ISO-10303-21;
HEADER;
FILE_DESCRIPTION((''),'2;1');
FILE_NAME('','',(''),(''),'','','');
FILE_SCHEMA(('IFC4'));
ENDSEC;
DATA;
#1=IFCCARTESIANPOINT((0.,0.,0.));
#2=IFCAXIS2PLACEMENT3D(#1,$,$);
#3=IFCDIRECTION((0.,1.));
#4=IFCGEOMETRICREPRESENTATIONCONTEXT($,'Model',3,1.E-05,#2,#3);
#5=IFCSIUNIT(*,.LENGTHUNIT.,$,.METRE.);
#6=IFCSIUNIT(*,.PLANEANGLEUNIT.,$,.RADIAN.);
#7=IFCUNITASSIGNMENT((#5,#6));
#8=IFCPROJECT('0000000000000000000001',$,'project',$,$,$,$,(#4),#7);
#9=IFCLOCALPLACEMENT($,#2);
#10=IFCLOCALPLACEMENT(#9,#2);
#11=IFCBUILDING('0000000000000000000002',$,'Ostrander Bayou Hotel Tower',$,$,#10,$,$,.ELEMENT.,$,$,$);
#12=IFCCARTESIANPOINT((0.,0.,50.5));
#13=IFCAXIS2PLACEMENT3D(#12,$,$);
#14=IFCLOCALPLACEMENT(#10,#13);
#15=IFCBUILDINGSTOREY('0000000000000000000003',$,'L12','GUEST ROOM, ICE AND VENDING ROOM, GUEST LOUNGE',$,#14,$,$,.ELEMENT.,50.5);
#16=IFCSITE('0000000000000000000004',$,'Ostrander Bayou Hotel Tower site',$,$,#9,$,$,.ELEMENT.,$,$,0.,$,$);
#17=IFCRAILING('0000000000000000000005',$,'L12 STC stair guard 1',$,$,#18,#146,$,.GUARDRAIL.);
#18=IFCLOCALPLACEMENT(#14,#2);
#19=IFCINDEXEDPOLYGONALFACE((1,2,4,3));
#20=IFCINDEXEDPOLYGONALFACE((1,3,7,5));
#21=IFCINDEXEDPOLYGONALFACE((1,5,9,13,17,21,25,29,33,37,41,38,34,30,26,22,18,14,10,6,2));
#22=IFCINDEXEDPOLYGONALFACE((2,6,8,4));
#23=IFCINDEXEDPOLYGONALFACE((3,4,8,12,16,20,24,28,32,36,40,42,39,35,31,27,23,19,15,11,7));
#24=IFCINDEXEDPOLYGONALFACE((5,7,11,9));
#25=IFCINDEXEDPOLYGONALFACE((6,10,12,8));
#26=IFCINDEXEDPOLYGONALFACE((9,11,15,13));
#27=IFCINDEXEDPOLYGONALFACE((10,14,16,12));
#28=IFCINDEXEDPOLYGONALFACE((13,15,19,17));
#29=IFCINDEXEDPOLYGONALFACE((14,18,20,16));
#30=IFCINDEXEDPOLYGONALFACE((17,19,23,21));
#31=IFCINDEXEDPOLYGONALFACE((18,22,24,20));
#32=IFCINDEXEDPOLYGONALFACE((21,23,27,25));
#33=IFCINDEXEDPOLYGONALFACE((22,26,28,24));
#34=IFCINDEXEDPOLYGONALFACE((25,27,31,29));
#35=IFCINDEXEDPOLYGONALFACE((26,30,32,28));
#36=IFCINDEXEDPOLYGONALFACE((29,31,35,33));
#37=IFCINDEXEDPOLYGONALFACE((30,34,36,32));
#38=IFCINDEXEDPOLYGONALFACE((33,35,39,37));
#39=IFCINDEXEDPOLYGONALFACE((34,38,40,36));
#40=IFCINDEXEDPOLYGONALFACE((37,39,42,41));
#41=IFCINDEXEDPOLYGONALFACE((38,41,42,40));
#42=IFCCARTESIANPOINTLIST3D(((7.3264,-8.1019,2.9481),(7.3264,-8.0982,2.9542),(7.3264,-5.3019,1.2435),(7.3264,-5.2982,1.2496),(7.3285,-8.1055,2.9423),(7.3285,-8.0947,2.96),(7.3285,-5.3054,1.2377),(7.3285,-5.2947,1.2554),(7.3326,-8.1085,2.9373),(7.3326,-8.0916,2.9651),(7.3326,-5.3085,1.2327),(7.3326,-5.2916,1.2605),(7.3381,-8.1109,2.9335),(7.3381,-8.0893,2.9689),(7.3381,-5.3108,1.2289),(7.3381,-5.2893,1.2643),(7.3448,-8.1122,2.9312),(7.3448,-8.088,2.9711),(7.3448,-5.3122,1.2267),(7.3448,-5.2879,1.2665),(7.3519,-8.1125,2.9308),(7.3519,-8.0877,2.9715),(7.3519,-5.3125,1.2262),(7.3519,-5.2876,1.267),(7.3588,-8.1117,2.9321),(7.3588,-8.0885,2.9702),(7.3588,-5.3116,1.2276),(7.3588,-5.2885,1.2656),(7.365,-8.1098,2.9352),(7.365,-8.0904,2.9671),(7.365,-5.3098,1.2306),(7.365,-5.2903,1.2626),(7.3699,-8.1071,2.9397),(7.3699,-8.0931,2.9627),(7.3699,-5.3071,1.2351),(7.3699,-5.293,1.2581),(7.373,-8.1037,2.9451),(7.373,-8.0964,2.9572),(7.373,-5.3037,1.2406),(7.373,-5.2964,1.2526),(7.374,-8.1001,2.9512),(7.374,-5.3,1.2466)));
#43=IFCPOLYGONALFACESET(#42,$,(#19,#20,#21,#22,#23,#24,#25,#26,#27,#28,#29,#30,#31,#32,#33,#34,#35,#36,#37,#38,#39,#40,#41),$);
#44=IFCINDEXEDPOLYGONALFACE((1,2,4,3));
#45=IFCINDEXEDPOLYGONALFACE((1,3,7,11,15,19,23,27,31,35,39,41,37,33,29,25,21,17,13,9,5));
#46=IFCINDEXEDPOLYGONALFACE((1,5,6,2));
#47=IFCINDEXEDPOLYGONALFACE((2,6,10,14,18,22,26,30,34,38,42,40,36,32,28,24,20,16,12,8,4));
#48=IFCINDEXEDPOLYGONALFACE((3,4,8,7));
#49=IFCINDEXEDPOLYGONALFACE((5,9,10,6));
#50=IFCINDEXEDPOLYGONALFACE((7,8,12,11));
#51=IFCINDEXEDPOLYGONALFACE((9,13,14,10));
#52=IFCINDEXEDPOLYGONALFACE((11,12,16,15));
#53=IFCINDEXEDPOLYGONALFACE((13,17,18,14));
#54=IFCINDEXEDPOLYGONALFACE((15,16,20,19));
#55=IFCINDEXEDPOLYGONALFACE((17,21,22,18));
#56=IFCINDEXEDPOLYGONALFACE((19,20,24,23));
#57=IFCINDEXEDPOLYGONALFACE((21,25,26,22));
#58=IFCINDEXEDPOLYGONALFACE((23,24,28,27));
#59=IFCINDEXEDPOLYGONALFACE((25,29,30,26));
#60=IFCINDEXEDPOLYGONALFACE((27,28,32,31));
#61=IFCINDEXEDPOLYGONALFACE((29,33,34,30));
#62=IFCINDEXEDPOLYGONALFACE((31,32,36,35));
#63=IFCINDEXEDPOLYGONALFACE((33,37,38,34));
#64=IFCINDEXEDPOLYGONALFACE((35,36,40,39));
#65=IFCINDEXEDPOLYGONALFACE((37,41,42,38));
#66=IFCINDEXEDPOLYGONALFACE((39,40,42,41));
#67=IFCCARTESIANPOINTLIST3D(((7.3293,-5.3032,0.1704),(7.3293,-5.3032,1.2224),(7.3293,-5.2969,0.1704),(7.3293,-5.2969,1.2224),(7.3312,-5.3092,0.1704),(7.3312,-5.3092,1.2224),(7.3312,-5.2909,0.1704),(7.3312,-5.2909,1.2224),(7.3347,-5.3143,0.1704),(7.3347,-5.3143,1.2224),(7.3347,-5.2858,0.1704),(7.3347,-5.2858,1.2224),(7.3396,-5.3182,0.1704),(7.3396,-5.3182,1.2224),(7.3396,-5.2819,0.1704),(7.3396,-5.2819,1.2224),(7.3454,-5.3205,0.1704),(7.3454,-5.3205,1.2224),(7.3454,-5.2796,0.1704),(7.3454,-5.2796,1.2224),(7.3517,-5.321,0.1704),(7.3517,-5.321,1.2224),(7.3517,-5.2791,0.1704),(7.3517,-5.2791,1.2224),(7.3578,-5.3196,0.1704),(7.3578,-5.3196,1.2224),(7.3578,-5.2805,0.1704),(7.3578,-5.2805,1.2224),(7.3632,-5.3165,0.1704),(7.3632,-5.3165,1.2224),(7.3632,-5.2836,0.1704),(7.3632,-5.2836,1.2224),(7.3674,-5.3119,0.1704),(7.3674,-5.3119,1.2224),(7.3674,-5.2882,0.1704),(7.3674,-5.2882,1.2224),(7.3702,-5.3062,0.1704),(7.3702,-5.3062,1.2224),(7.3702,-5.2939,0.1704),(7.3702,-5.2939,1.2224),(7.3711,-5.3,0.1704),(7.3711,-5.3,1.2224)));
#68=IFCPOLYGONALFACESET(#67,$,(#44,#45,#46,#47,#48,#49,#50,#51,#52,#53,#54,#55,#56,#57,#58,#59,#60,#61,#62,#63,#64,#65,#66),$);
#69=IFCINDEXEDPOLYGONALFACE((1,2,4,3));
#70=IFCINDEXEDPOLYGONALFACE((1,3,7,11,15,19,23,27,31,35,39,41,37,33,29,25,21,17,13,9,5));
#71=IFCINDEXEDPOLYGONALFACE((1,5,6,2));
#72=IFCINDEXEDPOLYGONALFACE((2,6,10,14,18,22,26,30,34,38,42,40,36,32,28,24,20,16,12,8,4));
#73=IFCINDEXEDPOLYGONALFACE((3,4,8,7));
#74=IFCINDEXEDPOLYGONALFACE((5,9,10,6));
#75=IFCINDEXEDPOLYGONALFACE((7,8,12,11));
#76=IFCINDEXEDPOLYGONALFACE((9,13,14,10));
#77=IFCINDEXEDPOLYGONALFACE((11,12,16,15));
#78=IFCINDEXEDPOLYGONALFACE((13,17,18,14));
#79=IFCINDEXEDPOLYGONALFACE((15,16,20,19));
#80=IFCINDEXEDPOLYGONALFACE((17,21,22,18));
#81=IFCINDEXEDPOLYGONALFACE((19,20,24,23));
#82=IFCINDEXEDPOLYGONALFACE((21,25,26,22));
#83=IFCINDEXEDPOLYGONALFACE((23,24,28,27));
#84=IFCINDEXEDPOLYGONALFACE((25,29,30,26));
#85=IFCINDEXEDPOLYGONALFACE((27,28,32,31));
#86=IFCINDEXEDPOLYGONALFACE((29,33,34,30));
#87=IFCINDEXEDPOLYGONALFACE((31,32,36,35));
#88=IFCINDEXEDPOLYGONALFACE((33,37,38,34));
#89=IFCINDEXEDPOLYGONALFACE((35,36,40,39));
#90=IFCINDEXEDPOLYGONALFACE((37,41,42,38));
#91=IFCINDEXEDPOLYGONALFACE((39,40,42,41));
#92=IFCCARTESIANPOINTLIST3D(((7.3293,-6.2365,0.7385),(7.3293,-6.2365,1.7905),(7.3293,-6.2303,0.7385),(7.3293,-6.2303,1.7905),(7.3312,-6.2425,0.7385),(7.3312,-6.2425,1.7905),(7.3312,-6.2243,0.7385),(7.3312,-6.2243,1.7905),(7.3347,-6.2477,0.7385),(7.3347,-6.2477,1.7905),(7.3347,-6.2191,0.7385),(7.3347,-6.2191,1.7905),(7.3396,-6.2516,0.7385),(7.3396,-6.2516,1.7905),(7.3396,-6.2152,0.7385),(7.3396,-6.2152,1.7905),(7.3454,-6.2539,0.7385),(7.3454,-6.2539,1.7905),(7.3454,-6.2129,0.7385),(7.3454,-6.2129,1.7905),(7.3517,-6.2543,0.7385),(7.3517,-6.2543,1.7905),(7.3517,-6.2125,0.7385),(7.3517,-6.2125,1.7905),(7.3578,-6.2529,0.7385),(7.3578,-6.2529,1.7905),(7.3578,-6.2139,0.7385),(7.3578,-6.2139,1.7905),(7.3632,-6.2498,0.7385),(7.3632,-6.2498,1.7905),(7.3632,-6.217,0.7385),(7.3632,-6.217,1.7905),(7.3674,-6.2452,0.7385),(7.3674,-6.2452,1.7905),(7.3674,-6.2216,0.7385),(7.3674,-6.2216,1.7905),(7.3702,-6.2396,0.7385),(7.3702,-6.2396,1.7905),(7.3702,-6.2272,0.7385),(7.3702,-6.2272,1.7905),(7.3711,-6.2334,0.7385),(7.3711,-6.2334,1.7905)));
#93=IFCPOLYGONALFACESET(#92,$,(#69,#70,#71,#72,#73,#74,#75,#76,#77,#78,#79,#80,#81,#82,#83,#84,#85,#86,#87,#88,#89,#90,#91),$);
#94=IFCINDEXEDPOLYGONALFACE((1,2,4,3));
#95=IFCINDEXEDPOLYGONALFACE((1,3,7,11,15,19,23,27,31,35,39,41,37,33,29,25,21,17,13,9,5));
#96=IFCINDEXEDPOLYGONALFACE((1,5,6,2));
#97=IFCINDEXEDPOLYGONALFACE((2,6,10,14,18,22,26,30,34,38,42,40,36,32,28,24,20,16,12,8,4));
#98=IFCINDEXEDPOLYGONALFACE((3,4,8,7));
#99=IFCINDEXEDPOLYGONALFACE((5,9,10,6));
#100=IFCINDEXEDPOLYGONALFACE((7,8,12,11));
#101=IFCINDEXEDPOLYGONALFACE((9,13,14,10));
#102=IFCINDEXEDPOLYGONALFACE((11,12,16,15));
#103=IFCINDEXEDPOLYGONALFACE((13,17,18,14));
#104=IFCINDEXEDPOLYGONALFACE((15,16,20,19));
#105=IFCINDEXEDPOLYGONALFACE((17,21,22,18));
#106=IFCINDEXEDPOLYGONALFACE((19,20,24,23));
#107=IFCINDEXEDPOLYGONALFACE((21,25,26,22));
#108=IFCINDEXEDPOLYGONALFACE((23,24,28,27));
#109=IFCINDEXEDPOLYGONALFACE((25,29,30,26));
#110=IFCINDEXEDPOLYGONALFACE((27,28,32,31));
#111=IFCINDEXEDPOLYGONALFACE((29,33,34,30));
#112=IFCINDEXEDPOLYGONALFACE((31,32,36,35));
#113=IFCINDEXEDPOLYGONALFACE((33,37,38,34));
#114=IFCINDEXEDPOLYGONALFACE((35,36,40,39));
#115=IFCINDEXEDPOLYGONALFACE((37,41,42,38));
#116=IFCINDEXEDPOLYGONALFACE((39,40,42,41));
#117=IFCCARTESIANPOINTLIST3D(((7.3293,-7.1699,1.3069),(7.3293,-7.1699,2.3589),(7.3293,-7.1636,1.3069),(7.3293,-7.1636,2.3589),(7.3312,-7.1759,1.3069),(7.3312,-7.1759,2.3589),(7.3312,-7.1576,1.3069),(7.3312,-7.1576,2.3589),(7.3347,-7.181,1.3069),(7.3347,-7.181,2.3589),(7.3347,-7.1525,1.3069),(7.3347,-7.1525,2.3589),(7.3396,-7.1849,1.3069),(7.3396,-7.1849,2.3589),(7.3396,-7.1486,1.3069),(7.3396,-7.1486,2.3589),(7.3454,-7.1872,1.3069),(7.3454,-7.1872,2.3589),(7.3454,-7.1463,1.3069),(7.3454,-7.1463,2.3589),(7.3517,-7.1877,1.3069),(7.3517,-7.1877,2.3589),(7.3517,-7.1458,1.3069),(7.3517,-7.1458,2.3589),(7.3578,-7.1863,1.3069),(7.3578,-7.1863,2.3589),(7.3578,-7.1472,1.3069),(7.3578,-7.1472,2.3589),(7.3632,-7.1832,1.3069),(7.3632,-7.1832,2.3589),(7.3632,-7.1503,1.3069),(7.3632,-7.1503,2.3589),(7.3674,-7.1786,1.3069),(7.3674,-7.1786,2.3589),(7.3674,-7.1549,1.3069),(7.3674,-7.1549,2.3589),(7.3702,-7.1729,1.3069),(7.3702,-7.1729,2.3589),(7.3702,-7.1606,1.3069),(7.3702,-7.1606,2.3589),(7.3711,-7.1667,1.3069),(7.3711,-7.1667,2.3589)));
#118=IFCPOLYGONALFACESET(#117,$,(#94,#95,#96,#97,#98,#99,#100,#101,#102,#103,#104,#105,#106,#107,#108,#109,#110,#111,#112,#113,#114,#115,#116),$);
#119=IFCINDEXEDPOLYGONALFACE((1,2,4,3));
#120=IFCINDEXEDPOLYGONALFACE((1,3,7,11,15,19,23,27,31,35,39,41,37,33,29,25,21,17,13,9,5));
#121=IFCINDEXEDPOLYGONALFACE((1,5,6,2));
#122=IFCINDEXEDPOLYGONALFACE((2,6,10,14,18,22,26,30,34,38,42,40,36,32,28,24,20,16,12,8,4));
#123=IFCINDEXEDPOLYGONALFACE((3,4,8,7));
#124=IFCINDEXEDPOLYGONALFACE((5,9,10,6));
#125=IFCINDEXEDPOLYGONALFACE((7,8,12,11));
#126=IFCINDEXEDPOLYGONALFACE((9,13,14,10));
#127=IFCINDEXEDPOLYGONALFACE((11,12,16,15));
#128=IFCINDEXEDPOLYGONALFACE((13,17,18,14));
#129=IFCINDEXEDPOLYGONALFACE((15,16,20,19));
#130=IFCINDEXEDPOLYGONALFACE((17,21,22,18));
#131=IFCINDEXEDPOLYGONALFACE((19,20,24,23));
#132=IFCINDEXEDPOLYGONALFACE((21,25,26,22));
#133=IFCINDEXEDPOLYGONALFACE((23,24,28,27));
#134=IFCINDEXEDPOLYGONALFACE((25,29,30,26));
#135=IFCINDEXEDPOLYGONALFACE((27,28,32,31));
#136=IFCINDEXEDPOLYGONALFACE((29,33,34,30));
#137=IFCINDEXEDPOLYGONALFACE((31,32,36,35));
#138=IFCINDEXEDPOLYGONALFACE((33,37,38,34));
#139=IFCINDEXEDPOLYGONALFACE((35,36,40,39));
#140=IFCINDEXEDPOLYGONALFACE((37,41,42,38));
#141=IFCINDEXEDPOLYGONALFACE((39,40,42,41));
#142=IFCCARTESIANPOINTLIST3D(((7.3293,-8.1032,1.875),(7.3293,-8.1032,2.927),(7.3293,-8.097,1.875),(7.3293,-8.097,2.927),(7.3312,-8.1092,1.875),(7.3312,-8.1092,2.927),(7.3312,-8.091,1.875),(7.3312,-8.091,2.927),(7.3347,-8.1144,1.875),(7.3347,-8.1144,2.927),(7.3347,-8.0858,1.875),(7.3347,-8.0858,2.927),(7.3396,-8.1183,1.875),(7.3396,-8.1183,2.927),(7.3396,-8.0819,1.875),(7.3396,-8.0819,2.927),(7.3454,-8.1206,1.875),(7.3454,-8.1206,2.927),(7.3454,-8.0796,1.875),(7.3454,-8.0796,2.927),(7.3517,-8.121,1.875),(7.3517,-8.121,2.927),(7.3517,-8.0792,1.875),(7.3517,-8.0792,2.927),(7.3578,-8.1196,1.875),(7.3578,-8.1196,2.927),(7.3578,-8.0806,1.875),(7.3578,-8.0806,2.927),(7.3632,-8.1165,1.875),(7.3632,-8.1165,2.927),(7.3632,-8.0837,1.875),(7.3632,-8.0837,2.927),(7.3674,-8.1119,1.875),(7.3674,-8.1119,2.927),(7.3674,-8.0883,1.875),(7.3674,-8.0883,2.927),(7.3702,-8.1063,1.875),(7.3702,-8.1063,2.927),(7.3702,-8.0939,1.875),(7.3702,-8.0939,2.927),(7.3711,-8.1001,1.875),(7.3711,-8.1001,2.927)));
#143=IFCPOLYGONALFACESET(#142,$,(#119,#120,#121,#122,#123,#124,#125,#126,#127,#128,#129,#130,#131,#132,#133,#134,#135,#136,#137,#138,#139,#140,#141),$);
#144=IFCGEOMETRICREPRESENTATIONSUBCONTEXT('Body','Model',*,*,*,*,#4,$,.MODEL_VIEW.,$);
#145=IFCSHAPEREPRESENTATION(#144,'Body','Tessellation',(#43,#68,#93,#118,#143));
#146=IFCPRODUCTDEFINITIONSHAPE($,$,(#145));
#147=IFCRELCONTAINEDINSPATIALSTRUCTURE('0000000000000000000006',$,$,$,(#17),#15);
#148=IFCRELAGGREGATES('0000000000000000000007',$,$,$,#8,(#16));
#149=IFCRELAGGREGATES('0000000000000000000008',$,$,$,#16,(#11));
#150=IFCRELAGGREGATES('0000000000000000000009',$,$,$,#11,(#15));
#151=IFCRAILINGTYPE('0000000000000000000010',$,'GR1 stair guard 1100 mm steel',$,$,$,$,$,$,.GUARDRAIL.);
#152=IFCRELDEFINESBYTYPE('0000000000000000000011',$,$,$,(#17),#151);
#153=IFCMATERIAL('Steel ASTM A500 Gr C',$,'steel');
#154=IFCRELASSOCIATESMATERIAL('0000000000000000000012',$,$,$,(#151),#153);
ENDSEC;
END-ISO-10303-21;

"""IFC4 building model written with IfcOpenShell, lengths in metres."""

from ifc_helpers import new_model, si_unit, direction, frame, origin, origin_2d, place, context, subcontext, project, spatial, circle, extrude, material, type_object, element, save


model = new_model("IFC4")

# Units and contexts
model_context = context("Model", 3, precision=1e-05, world=origin(), true_north=direction((0.0, 1.0)))
body_context = subcontext(model_context, "Body", "Model", "MODEL_VIEW")
ifc_project = project(units=[si_unit("LENGTHUNIT", "METRE"), si_unit("PLANEANGLEUNIT", "RADIAN")], contexts=[model_context])

# Site, building, storey
site_placement = place(None, origin())
site = spatial("IfcSite", under=ifc_project, at=site_placement, Name="Ostrander Bayou Hotel Tower site", CompositionType="ELEMENT", RefElevation=0.0)
building_placement = place(site_placement, origin())
building = spatial("IfcBuilding", under=site, at=building_placement, Name="Ostrander Bayou Hotel Tower", CompositionType="ELEMENT")
storey_placement = place(building_placement, frame((0.0, 0.0, 50.5)))
storey = spatial("IfcBuildingStorey", under=building, at=storey_placement, Name="L12", Description="GUEST ROOM, ICE AND VENDING ROOM, GUEST LOUNGE", CompositionType="ELEMENT", Elevation=50.5)

# Railing
ifc_material_1 = material(Name="Steel ASTM A500 Gr C", Category="steel")
railing_type_1 = type_object("IfcRailingType", Name="GR1 stair guard 1100 mm steel", PredefinedType="GUARDRAIL", material=ifc_material_1)
railing_1_placement = place(storey_placement, frame((7.3501, -5.3, 0.1704)))
element("IfcRailing", 1, at=railing_1_placement, inside=storey, type_object=railing_type_1, Name="L12 STC stair guard 1", PredefinedType="GUARDRAIL", context=body_context, shape_type="SweptSolid", body=[
    extrude(circle(Radius=0.0239, at=origin_2d()), frame((0.0, 0.0, 1.0762), z_axis=(0.0, -0.85417, 0.519994), x_axis=(1.0, 0.0, 0.0)), (0.0, 0.0, 1.0), 3.2781),
    extrude(circle(Radius=0.021, at=origin_2d()), origin(), (0.0, 0.0, 1.0), 1.052),
    extrude(circle(Radius=0.021, at=origin_2d()), frame((0.0, -0.9333, 0.5681)), (0.0, 0.0, 1.0), 1.052),
    extrude(circle(Radius=0.021, at=origin_2d()), frame((0.0, -1.8667, 1.1365)), (0.0, 0.0, 1.0), 1.052),
    extrude(circle(Radius=0.021, at=origin_2d()), frame((0.0, -2.8, 1.7046)), (0.0, 0.0, 1.0), 1.052),
])

save(model, "model.ifc")
